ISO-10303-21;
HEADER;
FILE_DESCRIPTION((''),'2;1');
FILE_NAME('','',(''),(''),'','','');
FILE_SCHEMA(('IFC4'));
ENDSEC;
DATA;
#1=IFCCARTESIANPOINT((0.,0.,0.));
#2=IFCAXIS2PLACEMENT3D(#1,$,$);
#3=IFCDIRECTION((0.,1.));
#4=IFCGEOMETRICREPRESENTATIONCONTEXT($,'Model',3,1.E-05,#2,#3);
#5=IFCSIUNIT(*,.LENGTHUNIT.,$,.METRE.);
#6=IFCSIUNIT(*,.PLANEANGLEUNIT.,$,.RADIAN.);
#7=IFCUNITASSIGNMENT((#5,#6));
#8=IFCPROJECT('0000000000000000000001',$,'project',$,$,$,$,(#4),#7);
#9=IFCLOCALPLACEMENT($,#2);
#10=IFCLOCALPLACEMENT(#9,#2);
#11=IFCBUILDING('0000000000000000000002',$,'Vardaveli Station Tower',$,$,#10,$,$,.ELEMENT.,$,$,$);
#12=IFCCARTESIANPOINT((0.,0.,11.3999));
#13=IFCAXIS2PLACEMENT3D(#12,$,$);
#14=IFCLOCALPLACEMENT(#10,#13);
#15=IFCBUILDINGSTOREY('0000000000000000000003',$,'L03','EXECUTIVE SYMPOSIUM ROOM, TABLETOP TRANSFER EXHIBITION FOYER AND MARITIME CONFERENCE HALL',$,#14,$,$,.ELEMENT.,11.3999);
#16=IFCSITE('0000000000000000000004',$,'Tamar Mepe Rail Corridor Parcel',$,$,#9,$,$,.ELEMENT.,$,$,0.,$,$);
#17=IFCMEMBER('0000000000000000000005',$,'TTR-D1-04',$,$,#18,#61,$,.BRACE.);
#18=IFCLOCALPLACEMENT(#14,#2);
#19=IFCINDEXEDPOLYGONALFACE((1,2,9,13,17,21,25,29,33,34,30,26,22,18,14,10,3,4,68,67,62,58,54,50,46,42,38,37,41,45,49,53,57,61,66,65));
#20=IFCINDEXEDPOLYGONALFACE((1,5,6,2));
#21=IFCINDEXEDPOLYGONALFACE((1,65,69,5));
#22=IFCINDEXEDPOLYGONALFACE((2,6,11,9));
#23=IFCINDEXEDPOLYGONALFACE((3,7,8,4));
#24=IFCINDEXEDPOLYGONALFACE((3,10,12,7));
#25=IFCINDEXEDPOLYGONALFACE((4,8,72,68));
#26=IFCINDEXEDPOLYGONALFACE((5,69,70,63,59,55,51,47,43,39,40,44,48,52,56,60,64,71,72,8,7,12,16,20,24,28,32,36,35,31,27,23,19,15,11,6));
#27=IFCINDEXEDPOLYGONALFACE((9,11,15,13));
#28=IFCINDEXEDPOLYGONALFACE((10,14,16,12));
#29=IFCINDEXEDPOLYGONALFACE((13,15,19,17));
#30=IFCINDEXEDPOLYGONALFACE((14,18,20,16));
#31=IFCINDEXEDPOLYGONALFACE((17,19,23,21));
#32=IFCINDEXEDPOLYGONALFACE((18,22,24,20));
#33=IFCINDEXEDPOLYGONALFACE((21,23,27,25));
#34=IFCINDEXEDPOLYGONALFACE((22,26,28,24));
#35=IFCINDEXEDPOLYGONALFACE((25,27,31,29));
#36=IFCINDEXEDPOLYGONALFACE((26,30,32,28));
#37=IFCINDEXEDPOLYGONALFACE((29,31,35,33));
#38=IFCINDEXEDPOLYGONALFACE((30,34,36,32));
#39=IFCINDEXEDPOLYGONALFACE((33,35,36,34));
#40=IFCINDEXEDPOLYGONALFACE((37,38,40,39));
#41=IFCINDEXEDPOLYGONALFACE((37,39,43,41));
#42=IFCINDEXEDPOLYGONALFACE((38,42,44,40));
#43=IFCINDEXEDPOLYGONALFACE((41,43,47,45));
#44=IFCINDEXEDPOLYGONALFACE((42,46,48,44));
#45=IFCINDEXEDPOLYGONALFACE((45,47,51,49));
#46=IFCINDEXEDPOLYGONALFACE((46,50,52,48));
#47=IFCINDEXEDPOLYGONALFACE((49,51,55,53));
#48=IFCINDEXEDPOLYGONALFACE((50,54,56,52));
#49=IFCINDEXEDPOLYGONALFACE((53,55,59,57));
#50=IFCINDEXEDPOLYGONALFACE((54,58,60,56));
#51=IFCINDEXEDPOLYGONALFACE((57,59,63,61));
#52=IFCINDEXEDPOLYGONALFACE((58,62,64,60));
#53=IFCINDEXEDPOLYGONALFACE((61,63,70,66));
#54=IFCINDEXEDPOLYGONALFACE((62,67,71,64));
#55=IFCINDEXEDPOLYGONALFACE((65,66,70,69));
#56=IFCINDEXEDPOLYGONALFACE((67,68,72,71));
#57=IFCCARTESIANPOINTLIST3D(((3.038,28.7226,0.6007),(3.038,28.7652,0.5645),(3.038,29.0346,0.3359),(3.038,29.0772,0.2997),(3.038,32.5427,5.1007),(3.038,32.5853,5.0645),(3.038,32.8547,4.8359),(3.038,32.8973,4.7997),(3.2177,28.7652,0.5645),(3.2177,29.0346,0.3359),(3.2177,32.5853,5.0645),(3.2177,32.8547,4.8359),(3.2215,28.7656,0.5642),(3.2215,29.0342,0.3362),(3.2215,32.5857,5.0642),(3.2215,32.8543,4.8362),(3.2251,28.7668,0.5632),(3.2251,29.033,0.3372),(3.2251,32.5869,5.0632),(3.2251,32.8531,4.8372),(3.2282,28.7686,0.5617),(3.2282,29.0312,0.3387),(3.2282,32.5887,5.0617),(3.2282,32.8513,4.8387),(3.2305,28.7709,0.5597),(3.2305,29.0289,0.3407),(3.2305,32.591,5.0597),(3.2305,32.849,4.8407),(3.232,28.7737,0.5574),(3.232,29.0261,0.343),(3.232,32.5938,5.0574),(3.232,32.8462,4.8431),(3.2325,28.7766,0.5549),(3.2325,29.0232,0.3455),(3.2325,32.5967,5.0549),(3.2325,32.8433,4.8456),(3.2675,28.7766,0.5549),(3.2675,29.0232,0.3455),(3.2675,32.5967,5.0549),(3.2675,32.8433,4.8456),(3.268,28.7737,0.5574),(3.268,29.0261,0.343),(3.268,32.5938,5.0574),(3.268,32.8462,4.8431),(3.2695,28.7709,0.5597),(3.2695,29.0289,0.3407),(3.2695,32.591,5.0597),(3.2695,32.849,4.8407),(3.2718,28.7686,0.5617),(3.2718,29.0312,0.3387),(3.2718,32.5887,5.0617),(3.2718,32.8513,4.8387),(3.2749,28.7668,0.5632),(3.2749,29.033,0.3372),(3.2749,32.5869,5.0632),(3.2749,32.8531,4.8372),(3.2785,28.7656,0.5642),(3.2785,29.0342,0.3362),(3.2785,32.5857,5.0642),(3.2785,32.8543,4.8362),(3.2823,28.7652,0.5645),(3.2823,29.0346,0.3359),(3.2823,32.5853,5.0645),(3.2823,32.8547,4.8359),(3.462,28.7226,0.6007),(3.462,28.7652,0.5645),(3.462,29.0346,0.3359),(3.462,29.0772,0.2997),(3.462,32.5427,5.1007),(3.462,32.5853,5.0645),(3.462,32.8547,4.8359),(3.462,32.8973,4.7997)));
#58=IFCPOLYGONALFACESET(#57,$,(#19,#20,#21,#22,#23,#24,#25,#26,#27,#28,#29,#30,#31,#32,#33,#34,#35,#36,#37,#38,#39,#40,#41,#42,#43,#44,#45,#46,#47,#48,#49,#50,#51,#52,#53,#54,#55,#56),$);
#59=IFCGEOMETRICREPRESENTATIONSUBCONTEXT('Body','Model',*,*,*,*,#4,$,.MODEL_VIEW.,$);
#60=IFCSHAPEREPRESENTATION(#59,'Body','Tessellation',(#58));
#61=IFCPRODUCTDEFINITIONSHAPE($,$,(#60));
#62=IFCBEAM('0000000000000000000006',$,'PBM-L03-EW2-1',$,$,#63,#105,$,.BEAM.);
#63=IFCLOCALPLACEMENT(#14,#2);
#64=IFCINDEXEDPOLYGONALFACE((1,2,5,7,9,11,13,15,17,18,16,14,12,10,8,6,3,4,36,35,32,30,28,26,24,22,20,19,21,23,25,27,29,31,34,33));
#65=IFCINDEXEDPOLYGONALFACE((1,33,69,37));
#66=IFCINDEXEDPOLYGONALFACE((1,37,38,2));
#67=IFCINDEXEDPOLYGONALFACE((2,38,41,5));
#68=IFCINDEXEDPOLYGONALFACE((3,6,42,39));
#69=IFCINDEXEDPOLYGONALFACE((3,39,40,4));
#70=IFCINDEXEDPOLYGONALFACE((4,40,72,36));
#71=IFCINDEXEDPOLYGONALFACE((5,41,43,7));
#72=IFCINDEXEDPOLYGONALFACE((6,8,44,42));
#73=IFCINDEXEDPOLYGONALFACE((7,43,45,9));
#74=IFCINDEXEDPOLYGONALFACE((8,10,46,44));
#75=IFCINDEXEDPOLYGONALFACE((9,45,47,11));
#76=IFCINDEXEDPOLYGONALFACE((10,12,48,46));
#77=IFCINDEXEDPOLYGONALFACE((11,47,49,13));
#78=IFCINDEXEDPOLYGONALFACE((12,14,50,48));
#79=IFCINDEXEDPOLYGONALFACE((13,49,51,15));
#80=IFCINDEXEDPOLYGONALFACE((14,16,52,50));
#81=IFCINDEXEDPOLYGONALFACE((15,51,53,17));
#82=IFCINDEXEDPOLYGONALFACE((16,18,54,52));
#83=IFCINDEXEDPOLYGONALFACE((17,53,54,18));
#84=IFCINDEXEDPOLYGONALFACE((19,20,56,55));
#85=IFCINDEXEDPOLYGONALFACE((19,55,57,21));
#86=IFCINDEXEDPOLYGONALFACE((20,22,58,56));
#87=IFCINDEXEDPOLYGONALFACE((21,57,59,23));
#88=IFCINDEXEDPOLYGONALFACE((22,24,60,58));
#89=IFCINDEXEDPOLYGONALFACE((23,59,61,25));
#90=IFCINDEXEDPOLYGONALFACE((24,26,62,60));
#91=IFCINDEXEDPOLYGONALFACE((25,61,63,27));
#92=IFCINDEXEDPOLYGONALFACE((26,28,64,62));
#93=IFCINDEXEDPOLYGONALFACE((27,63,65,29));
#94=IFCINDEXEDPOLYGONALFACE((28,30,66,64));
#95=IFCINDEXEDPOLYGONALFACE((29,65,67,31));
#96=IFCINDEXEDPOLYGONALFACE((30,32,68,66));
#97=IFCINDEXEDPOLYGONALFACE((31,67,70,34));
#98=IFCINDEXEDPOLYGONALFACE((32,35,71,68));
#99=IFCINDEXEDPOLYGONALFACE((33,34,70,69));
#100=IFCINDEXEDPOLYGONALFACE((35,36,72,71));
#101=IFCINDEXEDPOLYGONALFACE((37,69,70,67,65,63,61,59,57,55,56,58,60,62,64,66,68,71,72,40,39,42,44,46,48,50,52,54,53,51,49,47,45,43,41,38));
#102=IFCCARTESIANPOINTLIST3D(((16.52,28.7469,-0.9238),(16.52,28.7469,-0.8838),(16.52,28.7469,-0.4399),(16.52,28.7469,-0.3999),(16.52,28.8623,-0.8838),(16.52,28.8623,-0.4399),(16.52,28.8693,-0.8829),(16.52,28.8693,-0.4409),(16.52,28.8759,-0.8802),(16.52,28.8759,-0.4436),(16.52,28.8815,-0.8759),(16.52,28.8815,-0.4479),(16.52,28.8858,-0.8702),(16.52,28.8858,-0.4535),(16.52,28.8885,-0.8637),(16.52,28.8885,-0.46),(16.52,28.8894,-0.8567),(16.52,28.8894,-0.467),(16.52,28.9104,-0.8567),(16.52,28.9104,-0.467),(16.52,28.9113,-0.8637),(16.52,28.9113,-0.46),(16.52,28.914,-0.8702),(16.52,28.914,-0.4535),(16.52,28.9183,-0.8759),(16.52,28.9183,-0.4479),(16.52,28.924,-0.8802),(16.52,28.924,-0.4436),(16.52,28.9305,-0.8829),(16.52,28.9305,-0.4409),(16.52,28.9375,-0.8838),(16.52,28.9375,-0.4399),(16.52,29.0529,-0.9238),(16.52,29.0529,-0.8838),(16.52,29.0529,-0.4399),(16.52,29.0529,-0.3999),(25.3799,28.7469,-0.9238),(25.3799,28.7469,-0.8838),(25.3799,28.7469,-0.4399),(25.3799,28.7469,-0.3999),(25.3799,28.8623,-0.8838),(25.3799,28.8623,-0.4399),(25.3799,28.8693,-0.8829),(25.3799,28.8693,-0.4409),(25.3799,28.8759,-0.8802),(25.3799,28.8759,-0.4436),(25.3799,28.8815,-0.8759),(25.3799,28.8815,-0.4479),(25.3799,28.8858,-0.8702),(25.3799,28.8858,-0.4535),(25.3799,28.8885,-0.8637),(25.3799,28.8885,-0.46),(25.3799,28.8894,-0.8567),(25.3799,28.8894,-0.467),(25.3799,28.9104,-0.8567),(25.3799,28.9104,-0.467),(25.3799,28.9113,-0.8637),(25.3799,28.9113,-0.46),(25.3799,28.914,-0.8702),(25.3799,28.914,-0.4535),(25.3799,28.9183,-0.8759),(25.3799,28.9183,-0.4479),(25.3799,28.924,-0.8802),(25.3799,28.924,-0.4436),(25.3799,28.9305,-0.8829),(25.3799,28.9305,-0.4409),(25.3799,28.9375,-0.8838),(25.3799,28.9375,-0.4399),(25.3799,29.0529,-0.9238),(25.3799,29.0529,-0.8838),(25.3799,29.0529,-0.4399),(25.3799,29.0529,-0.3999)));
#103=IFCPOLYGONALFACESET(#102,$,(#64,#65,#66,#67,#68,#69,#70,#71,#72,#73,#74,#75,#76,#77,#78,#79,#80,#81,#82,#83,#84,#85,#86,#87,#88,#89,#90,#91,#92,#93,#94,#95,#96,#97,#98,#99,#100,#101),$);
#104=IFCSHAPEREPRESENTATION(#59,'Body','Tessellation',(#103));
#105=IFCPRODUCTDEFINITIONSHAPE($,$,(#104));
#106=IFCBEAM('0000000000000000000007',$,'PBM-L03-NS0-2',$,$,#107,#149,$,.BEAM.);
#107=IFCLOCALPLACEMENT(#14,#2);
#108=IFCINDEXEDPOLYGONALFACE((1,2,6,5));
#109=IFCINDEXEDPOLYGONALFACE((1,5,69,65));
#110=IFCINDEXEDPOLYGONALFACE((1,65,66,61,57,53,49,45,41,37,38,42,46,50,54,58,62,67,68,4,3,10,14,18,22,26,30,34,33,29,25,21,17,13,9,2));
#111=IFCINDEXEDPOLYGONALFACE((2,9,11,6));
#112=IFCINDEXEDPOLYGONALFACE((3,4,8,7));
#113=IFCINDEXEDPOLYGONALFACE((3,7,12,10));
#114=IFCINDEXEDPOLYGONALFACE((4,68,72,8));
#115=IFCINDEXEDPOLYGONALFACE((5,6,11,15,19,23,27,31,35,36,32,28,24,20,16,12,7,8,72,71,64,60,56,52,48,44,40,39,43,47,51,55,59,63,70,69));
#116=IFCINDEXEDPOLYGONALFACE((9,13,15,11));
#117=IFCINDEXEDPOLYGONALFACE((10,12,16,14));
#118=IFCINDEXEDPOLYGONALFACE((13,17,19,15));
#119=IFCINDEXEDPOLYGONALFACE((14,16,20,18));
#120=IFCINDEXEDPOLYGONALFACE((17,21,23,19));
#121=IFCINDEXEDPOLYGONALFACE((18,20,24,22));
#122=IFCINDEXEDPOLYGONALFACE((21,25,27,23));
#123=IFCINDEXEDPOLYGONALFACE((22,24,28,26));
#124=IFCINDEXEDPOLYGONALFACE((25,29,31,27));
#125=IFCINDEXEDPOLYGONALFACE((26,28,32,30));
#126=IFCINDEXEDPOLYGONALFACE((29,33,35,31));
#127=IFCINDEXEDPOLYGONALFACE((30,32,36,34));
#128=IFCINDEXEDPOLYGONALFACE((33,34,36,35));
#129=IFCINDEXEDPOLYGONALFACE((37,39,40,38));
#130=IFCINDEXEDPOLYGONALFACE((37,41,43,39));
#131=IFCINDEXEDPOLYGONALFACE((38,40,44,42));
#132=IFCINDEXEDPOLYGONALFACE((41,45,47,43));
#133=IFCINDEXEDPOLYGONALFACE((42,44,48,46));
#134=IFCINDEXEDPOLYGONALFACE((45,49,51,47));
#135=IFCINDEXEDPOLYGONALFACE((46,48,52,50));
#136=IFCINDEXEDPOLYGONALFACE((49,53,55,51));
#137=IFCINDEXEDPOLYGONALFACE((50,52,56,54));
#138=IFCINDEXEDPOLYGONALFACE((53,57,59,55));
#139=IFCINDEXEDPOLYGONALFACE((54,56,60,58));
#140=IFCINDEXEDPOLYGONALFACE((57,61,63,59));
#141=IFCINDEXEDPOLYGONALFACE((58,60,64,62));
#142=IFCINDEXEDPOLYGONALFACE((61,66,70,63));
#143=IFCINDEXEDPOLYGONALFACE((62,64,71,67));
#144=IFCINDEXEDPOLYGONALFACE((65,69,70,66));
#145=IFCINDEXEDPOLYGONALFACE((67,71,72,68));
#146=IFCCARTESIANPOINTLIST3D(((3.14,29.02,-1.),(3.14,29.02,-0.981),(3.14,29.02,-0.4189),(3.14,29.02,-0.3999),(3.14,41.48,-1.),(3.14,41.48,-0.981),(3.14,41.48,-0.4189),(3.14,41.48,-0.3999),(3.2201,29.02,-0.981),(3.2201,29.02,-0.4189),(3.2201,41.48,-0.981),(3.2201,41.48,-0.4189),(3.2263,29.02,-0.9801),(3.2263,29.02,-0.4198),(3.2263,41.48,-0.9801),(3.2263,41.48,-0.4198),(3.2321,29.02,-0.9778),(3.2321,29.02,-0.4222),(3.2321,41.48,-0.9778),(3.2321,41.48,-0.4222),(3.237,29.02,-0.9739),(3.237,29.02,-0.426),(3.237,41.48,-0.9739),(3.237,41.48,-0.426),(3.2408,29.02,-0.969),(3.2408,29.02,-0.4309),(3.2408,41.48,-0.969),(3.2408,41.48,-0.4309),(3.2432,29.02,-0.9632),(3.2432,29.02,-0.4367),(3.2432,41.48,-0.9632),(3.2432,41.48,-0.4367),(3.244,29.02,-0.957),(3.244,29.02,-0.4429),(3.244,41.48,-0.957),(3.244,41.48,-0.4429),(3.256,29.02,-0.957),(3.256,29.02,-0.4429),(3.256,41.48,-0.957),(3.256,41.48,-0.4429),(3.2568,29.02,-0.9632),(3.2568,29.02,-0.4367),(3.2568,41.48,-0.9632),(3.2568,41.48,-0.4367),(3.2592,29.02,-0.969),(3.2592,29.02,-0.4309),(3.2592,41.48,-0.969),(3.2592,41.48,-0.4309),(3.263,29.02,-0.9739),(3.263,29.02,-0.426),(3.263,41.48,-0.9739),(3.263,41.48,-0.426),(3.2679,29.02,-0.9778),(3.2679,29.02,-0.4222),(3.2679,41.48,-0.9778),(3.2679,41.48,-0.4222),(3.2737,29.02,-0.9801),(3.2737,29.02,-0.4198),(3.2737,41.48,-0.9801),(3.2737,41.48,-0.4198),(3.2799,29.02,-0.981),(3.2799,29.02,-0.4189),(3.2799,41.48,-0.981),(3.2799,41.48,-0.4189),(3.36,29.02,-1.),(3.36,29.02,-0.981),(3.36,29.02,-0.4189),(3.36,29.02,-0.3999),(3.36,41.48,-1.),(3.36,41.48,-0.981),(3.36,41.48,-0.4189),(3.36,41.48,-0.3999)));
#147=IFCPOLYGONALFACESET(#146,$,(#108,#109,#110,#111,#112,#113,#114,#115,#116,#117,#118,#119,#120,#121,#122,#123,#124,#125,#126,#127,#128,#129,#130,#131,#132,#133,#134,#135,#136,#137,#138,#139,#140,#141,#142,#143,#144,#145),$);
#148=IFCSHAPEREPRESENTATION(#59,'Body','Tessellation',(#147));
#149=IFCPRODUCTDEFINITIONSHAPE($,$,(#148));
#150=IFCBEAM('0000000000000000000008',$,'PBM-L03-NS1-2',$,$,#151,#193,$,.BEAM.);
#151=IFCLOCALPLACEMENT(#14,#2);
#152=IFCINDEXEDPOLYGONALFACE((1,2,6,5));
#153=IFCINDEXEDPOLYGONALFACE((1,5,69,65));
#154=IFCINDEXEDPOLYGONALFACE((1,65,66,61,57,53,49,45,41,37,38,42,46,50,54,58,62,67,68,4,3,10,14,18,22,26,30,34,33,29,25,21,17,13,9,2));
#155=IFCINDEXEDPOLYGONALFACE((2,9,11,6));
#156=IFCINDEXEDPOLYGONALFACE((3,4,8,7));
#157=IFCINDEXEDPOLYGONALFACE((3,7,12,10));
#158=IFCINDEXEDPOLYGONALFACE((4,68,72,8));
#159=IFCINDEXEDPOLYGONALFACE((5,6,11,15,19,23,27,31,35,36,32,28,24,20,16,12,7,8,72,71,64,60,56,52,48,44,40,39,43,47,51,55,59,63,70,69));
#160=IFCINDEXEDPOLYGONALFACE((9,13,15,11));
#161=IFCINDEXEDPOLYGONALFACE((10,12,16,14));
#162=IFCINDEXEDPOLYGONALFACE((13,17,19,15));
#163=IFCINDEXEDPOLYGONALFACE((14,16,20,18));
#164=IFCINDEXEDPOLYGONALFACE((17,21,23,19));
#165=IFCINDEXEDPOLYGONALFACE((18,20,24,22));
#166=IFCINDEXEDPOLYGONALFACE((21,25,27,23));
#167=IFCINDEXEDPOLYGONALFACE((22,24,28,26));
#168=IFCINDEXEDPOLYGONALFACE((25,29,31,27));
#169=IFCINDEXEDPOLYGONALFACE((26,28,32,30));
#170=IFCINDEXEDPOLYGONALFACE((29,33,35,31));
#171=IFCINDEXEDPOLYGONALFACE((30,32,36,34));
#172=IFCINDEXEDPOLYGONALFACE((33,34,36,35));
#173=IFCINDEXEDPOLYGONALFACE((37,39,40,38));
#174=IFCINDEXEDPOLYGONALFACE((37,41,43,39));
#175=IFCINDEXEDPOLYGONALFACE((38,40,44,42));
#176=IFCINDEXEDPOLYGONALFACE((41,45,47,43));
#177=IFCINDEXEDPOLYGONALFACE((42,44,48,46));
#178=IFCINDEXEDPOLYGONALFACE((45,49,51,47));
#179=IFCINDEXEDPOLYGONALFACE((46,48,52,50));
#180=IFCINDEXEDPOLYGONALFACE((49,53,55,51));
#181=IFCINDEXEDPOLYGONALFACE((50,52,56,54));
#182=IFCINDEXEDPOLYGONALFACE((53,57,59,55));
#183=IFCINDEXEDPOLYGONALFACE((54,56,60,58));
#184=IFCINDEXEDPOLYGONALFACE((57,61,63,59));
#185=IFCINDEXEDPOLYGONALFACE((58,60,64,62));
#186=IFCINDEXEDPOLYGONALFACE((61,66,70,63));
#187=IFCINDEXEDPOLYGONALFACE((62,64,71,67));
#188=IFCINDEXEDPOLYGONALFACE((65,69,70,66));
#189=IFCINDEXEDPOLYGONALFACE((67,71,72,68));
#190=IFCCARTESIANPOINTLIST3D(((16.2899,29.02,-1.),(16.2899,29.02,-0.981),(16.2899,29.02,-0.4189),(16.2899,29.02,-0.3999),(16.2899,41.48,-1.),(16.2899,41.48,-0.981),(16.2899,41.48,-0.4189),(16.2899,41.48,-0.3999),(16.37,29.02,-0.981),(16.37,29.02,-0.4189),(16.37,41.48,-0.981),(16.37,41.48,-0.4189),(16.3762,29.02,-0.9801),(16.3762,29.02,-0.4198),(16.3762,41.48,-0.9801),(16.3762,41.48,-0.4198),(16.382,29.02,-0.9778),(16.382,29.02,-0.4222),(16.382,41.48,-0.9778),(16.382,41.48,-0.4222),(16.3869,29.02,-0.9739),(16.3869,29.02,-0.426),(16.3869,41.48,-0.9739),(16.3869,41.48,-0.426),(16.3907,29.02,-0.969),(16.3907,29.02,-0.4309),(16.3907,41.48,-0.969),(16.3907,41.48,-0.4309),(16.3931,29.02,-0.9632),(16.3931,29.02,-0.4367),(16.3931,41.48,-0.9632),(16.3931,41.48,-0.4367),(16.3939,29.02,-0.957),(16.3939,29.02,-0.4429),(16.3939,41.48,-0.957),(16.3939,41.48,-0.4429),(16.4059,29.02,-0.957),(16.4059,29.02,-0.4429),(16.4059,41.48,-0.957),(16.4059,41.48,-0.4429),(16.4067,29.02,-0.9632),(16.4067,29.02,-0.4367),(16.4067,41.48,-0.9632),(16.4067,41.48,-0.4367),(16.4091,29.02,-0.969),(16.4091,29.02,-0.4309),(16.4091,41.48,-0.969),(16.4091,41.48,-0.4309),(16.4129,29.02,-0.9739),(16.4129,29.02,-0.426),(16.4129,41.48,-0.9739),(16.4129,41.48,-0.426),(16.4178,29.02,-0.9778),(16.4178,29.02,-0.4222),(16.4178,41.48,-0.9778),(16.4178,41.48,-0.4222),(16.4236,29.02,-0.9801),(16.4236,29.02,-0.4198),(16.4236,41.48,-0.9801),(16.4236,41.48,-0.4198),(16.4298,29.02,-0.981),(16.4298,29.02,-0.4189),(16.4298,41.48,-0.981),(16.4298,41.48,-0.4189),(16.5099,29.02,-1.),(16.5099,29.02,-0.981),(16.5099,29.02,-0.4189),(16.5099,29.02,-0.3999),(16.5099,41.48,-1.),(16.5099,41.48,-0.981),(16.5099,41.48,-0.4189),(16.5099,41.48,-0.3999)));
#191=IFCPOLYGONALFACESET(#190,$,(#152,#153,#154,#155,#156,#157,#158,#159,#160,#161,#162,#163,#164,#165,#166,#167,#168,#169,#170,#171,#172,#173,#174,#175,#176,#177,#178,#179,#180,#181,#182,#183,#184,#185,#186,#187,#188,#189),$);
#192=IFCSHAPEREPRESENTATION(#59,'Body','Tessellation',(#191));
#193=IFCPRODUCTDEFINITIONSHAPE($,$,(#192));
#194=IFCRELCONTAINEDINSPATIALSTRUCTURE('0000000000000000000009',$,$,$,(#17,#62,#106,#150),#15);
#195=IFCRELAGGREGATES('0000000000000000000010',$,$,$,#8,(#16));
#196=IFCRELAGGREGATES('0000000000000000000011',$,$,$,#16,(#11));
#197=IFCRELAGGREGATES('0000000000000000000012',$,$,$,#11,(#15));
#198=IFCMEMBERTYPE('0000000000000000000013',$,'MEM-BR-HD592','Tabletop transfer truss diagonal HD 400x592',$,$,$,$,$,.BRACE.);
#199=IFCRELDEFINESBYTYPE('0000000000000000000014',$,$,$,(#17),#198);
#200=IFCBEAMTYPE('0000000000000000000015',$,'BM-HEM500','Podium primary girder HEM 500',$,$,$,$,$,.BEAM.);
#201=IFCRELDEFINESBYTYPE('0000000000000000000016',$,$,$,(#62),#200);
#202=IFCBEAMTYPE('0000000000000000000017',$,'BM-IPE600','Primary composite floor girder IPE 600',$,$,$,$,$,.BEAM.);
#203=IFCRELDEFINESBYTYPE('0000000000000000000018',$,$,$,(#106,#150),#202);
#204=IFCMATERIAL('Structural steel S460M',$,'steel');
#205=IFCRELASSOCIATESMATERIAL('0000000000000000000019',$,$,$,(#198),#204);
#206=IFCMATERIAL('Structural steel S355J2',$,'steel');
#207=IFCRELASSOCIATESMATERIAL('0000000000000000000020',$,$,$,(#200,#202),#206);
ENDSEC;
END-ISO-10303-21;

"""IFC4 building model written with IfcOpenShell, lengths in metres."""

from ifc_helpers import new_model, si_unit, direction, frame, origin, origin_2d, place, context, subcontext, project, spatial, i_section, extrude, source, transform, mapped, material, material_profile, profile_set, type_object, element, save


model = new_model("IFC4")

# Units and contexts
model_context = context("Model", 3, precision=1e-05, world=origin(), true_north=direction((0.0, 1.0)))
body_context = subcontext(model_context, "Body", "Model", "MODEL_VIEW")
ifc_project = project(units=[si_unit("LENGTHUNIT", "METRE"), si_unit("PLANEANGLEUNIT", "RADIAN")], contexts=[model_context])

# Site, building, storey
site_placement = place(None, origin())
site = spatial("IfcSite", under=ifc_project, at=site_placement, Name="Tamar Mepe Rail Corridor Parcel", CompositionType="ELEMENT", RefElevation=0.0)
building_placement = place(site_placement, origin())
building = spatial("IfcBuilding", under=site, at=building_placement, Name="Vardaveli Station Tower", CompositionType="ELEMENT")
storey_placement = place(building_placement, frame((0.0, 0.0, 11.3999)))
storey = spatial("IfcBuildingStorey", under=building, at=storey_placement, Name="L03", Description="EXECUTIVE SYMPOSIUM ROOM, TABLETOP TRANSFER EXHIBITION FOYER AND MARITIME CONFERENCE HALL", CompositionType="ELEMENT", Elevation=11.3999)

# Member
ifc_material_1 = material(Name="Structural steel S460M", Category="steel")
ifc_material_profile_1 = material_profile(ifc_material_1, i_section(OverallWidth=0.4241, OverallDepth=0.4651, WebThickness=0.0349, FlangeThickness=0.0559, FilletRadius=0.0149, at=origin_2d()), Name="HD 400x592")
ifc_profile_set_1 = profile_set([ifc_material_profile_1], Name="Structural steel S460M")
member_type_1 = type_object("IfcMemberType", Name="MEM-BR-HD592", Description="Tabletop transfer truss diagonal HD 400x592", PredefinedType="BRACE", material=ifc_profile_set_1)
shared_shape_1 = source(origin(), body_context, "Body", "SweptSolid", [
    extrude(i_section(OverallWidth=0.4241, OverallDepth=0.4651, WebThickness=0.0349, FlangeThickness=0.0559, FilletRadius=0.0149, at=origin_2d()), origin(), (0.0, 0.0, 1.0), 5.9028),
])
member_1_placement = place(storey_placement, frame((3.25, 28.8999, 0.4502), z_axis=(0.0, 0.647163, 0.762351), x_axis=(-1.0, 0.0, 0.0)))
element("IfcMember", 1, at=member_1_placement, inside=storey, type_object=member_type_1, Name="TTR-D1-04", PredefinedType="BRACE", context=body_context, shape_type="MappedRepresentation", body=[
    mapped(shared_shape_1, transform((0.0, 0.0, 0.0), scale=1.0)),
])

# Beams
ifc_material_2 = material(Name="Structural steel S355J2", Category="steel")
ifc_material_profile_2 = material_profile(ifc_material_2, i_section(OverallWidth=0.3059, OverallDepth=0.5239, WebThickness=0.021, FlangeThickness=0.04, FilletRadius=0.0271, at=origin_2d()), Name="HEM 500")
ifc_profile_set_2 = profile_set([ifc_material_profile_2], Name="Structural steel S355J2")
beam_type_1 = type_object("IfcBeamType", Name="BM-HEM500", Description="Podium primary girder HEM 500", PredefinedType="BEAM", material=ifc_profile_set_2)
shared_shape_2 = source(origin(), body_context, "Body", "SweptSolid", [
    extrude(i_section(OverallWidth=0.3059, OverallDepth=0.5239, WebThickness=0.021, FlangeThickness=0.04, FilletRadius=0.0271, at=origin_2d()), origin(), (0.0, 0.0, 1.0), 8.8599),
])
beam_1_placement = place(storey_placement, frame((16.52, 28.8999, -0.6619), z_axis=(1.0, 0.0, 0.0), x_axis=(0.0, 1.0, 0.0)))
element("IfcBeam", 2, at=beam_1_placement, inside=storey, type_object=beam_type_1, Name="PBM-L03-EW2-1", PredefinedType="BEAM", context=body_context, shape_type="MappedRepresentation", body=[
    mapped(shared_shape_2, transform((0.0, 0.0, 0.0), scale=1.0)),
])
ifc_material_profile_3 = material_profile(ifc_material_2, i_section(OverallWidth=0.22, OverallDepth=0.6001, WebThickness=0.012, FlangeThickness=0.019, FilletRadius=0.0239, at=origin_2d()), Name="IPE 600")
ifc_profile_set_3 = profile_set([ifc_material_profile_3], Name="Structural steel S355J2")
beam_type_2 = type_object("IfcBeamType", Name="BM-IPE600", Description="Primary composite floor girder IPE 600", PredefinedType="BEAM", material=ifc_profile_set_3)
shared_shape_3 = source(origin(), body_context, "Body", "SweptSolid", [
    extrude(i_section(OverallWidth=0.22, OverallDepth=0.6001, WebThickness=0.012, FlangeThickness=0.019, FilletRadius=0.0239, at=origin_2d()), origin(), (0.0, 0.0, 1.0), 12.46),
])
for number, where, z_axis, x_axis, name in (
    (3, (3.25, 29.02, -0.7), (0.0, 1.0, 0.0), (-1.0, 0.0, 0.0), "PBM-L03-NS0-2"),
    (4, (16.3999, 29.02, -0.7), (0.0, 1.0, 0.0), (-1.0, 0.0, 0.0), "PBM-L03-NS1-2"),
):
    element("IfcBeam", number, at=place(storey_placement, frame(where, z_axis=z_axis, x_axis=x_axis)), inside=storey, type_object=beam_type_2, Name=name, PredefinedType="BEAM", context=body_context, shape_type="MappedRepresentation", body=[
        mapped(shared_shape_3, transform((0.0, 0.0, 0.0), scale=1.0)),
    ])

save(model, "model.ifc")
